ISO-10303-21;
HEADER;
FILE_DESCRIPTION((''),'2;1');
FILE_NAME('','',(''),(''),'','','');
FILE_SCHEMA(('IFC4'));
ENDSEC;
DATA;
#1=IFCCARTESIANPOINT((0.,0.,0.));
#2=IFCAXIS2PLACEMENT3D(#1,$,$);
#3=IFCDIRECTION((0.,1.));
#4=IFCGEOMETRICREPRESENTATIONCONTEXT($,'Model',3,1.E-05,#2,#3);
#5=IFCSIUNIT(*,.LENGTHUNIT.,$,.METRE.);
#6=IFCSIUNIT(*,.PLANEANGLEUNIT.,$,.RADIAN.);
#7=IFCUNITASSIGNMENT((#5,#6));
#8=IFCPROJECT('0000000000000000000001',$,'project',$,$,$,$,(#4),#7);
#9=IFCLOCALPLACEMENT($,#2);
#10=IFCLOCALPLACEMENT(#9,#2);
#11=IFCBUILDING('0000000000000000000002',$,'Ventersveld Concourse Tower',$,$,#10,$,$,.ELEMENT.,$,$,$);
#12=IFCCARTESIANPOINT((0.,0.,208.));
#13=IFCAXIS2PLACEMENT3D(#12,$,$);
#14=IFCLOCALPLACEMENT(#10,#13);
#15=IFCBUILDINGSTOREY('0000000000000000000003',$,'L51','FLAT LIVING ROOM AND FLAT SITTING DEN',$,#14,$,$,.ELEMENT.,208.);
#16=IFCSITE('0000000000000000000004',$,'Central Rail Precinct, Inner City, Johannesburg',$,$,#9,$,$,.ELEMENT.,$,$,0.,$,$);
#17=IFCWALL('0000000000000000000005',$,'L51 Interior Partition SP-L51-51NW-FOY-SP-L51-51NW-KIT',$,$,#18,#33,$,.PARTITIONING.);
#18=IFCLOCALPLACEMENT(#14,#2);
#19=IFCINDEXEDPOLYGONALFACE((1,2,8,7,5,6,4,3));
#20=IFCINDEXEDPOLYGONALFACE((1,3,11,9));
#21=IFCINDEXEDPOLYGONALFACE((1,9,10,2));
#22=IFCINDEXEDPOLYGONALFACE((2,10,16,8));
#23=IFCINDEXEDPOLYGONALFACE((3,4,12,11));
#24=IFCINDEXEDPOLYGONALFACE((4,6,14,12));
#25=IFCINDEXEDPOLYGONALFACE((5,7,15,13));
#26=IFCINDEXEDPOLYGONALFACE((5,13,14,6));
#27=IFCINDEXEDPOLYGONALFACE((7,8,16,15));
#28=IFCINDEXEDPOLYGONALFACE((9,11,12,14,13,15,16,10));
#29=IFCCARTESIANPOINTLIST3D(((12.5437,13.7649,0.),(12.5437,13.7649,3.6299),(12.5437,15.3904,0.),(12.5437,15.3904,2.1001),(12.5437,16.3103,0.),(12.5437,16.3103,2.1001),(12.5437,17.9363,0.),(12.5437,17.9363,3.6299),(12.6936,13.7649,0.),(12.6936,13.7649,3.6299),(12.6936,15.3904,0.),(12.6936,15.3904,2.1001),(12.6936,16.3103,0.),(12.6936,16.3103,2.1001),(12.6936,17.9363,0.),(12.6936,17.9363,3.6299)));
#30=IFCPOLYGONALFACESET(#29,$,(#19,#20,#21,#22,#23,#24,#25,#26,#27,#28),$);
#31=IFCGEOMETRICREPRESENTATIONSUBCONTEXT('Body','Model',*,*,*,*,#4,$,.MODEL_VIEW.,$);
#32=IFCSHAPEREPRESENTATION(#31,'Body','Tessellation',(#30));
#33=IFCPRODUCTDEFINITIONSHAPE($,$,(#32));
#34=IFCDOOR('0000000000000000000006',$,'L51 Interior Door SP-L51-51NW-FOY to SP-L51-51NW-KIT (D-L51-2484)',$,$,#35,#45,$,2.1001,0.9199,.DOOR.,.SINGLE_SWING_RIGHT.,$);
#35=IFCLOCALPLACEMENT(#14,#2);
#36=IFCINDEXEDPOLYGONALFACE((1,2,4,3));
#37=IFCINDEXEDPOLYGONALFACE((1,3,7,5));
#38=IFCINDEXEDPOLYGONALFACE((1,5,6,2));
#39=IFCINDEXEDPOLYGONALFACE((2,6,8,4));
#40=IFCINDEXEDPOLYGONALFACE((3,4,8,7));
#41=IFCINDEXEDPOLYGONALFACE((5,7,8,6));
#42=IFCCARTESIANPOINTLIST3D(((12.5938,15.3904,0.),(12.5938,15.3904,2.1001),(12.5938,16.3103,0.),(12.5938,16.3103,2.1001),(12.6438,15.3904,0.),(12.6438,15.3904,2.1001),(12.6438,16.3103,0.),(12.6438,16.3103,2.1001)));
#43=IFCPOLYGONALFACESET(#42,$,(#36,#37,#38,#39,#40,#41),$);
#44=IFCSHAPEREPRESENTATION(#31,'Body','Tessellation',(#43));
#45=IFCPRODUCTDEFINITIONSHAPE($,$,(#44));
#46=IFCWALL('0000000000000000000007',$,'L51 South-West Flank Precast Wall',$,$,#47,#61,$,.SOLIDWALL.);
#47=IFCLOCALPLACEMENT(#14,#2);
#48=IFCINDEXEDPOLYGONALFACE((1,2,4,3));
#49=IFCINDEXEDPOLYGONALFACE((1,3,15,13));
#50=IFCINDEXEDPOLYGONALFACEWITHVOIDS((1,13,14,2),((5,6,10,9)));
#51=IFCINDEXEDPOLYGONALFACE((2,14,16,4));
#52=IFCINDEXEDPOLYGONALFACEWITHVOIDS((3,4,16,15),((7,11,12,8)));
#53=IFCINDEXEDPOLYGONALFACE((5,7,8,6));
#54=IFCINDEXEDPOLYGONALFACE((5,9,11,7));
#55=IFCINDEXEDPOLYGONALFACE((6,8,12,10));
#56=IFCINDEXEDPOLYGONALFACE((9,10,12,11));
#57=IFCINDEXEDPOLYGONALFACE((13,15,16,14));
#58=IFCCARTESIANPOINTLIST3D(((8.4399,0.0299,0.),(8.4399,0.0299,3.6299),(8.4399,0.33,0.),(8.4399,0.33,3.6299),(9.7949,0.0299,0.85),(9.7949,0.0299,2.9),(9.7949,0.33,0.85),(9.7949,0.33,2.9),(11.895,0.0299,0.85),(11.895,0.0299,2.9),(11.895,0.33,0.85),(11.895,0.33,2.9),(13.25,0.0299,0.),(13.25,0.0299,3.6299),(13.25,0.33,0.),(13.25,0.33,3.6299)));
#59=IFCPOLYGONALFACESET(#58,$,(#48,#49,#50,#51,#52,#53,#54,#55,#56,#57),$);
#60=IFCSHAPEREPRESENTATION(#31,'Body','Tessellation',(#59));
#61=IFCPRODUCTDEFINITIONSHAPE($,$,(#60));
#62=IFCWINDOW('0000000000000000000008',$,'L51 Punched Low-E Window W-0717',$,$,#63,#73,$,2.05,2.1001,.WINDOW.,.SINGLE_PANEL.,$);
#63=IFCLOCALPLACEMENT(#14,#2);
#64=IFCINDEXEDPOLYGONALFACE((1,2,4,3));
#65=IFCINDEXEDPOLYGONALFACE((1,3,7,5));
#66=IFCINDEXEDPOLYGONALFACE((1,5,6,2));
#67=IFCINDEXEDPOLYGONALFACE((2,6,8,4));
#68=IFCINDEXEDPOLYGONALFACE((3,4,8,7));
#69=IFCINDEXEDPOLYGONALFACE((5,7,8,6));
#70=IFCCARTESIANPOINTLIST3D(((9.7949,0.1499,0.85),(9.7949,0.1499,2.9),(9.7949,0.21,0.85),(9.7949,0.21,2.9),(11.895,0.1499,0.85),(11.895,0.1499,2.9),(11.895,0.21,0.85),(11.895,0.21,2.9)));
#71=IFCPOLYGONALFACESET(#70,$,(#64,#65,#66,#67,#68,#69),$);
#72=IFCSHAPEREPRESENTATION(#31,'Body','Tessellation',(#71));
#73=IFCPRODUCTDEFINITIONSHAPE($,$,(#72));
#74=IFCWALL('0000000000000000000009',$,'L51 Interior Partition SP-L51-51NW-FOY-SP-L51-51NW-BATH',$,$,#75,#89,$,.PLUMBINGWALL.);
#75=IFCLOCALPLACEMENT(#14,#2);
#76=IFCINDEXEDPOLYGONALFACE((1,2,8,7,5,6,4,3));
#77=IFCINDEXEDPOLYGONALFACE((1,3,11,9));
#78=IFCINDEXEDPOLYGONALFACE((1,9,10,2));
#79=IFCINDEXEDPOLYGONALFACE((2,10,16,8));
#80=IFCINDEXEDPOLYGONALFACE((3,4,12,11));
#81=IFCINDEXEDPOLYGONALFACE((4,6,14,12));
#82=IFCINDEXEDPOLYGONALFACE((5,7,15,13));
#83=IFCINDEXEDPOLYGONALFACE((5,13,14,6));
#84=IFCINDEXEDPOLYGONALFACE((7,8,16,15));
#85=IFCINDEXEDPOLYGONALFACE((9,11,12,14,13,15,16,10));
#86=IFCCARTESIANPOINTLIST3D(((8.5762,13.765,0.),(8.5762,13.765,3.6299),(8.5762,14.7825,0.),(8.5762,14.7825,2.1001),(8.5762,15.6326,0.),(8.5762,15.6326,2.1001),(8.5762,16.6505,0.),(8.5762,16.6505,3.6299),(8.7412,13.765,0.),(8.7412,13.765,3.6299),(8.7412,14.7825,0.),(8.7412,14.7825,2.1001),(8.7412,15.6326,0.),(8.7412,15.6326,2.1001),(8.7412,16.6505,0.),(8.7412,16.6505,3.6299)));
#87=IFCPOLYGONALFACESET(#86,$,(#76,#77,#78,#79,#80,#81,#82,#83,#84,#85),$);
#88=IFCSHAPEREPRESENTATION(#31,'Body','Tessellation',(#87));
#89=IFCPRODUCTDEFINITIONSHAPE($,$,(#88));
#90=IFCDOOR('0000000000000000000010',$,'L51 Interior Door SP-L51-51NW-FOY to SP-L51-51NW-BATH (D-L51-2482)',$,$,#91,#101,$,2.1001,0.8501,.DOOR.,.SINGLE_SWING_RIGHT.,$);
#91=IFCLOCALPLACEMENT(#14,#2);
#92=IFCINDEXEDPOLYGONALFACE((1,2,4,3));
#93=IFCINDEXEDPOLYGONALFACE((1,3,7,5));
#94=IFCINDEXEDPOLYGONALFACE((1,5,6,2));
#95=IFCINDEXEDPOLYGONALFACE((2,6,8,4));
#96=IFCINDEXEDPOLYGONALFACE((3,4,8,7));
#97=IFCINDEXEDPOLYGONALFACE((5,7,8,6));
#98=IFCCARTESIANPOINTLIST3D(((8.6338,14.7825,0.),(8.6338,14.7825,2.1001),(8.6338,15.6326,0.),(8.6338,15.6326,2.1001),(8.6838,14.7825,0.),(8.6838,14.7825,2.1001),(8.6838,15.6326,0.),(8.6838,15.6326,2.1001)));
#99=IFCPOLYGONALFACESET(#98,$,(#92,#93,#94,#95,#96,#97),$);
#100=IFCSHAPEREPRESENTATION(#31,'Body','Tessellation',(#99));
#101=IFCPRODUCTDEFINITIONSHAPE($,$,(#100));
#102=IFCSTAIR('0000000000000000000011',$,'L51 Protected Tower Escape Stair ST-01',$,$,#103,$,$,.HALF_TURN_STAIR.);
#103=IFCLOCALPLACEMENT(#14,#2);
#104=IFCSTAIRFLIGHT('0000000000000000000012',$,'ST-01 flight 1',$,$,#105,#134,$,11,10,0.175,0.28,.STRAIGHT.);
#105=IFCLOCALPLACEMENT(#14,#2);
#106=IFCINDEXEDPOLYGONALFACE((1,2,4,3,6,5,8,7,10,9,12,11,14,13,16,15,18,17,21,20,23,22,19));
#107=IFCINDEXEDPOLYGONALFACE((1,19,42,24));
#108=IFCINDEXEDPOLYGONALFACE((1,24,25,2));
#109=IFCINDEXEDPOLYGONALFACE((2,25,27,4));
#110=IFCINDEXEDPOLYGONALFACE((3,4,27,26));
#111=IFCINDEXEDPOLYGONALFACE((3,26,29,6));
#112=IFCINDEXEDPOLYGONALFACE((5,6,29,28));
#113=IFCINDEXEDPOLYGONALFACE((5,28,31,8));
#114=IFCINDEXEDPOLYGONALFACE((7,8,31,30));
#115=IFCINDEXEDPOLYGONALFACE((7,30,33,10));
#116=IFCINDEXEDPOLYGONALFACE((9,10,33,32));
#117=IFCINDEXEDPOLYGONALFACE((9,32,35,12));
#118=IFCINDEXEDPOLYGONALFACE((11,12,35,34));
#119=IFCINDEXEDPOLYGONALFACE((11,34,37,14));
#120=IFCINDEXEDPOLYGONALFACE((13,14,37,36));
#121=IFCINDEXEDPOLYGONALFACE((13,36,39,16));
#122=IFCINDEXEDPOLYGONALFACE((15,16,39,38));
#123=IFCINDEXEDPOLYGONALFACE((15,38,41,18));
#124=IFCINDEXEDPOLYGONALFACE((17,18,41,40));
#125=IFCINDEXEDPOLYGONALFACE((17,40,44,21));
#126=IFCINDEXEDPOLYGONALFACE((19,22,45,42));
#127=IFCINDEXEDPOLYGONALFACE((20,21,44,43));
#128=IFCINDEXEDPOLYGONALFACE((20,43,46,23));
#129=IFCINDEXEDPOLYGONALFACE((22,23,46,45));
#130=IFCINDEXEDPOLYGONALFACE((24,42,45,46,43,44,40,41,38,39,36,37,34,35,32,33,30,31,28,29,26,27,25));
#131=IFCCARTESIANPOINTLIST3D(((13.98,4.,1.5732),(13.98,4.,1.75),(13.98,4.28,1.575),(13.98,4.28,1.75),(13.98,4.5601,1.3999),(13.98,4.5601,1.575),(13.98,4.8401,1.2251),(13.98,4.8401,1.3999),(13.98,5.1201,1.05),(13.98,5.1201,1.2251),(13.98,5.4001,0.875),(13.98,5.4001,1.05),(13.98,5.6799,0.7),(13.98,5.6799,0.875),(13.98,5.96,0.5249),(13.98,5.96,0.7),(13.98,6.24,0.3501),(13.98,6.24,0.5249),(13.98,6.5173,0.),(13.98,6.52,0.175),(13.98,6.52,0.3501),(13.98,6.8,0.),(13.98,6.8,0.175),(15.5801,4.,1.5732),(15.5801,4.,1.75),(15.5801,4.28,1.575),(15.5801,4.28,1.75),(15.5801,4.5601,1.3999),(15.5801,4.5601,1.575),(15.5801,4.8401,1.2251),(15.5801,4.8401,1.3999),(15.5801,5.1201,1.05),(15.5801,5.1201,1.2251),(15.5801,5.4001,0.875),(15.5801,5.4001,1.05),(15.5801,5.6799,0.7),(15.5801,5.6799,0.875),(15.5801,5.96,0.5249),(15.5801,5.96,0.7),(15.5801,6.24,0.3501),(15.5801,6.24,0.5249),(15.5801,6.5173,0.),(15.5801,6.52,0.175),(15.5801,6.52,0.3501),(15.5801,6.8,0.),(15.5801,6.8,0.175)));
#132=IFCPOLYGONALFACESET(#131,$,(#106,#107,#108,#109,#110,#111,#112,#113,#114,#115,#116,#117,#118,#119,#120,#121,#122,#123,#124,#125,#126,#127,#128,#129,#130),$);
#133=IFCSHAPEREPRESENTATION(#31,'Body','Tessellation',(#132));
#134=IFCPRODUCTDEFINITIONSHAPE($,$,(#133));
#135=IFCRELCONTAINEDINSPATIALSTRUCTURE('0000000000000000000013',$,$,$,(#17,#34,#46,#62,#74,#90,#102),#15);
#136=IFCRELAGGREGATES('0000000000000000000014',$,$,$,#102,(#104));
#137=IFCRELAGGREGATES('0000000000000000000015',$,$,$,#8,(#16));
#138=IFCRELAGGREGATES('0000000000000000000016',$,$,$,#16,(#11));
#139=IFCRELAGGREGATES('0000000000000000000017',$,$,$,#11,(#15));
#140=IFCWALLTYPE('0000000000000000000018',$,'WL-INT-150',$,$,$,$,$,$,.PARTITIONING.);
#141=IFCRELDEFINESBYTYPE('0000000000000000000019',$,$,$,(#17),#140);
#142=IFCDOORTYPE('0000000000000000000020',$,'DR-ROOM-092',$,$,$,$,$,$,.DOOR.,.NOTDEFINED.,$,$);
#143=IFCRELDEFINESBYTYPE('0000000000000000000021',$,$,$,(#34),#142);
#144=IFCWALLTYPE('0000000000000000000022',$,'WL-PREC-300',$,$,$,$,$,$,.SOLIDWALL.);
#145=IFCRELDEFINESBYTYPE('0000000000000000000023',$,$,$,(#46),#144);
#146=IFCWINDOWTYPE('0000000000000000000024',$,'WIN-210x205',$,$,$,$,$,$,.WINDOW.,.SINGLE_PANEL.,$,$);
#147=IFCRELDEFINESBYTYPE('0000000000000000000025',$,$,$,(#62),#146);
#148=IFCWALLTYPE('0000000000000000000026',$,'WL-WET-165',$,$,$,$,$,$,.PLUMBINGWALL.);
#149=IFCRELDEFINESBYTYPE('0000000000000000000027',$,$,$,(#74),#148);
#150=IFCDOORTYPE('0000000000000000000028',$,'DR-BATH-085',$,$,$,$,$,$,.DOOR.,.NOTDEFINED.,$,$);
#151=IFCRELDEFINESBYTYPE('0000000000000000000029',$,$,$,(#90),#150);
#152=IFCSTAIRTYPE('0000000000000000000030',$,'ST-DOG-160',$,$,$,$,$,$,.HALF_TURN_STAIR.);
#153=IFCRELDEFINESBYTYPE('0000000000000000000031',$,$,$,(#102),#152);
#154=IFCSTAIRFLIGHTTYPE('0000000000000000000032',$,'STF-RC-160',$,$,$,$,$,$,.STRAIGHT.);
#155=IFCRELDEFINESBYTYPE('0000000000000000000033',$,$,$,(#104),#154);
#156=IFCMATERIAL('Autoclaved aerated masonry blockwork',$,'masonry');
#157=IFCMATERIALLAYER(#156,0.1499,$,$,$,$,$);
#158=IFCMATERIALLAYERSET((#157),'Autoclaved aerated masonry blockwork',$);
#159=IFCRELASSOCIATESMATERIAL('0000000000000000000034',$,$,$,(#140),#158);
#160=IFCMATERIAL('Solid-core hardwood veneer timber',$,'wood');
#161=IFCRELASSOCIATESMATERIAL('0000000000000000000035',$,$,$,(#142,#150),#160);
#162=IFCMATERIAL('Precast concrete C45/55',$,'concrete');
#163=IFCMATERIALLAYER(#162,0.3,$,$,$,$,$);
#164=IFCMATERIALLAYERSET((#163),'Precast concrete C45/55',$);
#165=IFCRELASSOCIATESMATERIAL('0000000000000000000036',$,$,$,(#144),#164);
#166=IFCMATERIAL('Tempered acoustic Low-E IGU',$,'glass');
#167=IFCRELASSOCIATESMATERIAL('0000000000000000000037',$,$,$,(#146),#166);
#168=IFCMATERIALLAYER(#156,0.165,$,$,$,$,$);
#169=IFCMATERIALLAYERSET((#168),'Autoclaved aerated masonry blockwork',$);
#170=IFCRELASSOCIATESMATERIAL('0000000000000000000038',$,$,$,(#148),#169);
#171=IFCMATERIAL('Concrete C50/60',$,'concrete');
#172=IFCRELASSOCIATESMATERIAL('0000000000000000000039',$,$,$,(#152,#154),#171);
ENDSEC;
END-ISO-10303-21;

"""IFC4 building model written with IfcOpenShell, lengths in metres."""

from ifc_helpers import new_model, si_unit, direction, frame, frame_2d, origin, place, context, subcontext, project, spatial, polyline, rectangle, outline, extrude, material, layer, layer_set, type_object, element, fill, aggregate, save


model = new_model("IFC4")

# Units and contexts
model_context = context("Model", 3, precision=1e-05, world=origin(), true_north=direction((0.0, 1.0)))
body_context = subcontext(model_context, "Body", "Model", "MODEL_VIEW")
ifc_project = project(units=[si_unit("LENGTHUNIT", "METRE"), si_unit("PLANEANGLEUNIT", "RADIAN")], contexts=[model_context])

# Site, building, storey
site_placement = place(None, origin())
site = spatial("IfcSite", under=ifc_project, at=site_placement, Name="Central Rail Precinct, Inner City, Johannesburg", CompositionType="ELEMENT", RefElevation=0.0)
building_placement = place(site_placement, origin())
building = spatial("IfcBuilding", under=site, at=building_placement, Name="Ventersveld Concourse Tower", CompositionType="ELEMENT")
storey_placement = place(building_placement, frame((0.0, 0.0, 208.0)))
storey = spatial("IfcBuildingStorey", under=building, at=storey_placement, Name="L51", Description="FLAT LIVING ROOM AND FLAT SITTING DEN", CompositionType="ELEMENT", Elevation=208.0)

# Shared definitions
ifc_material_1 = material(Name="Concrete C50/60", Category="concrete")

# Wall, opening, door
ifc_material_2 = material(Name="Autoclaved aerated masonry blockwork", Category="masonry")
ifc_layer_1 = layer(ifc_material_2, 0.1499)
ifc_layer_set_1 = layer_set([ifc_layer_1], Name="Autoclaved aerated masonry blockwork")
wall_type_1 = type_object("IfcWallType", Name="WL-INT-150", PredefinedType="PARTITIONING", material=ifc_layer_set_1)
wall_1_placement = place(storey_placement, frame((12.6187, 13.7649, 0.0), z_axis=(0.0, 0.0, 1.0), x_axis=(0.0, 1.0, 0.0)))
wall_1 = element("IfcWall", 1, at=wall_1_placement, inside=storey, type_object=wall_type_1, Name="L51 Interior Partition SP-L51-51NW-FOY-SP-L51-51NW-KIT", PredefinedType="PARTITIONING", context=body_context, shape_type="SweptSolid", body=[
    extrude(rectangle(XDim=4.1714, YDim=0.1499, at=frame_2d((2.0857, 0.0))), origin(), (0.0, 0.0, 1.0), 3.6299),
])
opening_1_placement = place(wall_1_placement, frame((1.6255, 0.0, 0.0)))
opening_1 = element("IfcOpeningElement", 2, at=opening_1_placement, cuts=wall_1, PredefinedType="OPENING", context=body_context, shape_type="SweptSolid", body=[
    extrude(rectangle(XDim=0.9199, YDim=2.1001, at=frame_2d((0.46, 1.05))), frame((0.0, 0.085, 0.0), z_axis=(0.0, -1.0, 0.0), x_axis=(1.0, 0.0, 0.0)), (0.0, 0.0, 1.0), 0.1699),
])
ifc_material_3 = material(Name="Solid-core hardwood veneer timber", Category="wood")
door_type_1 = type_object("IfcDoorType", Name="DR-ROOM-092", OperationType="NOTDEFINED", PredefinedType="DOOR", material=ifc_material_3)
door_1_placement = place(opening_1_placement, origin())
door_1 = element("IfcDoor", 3, at=door_1_placement, inside=storey, type_object=door_type_1, Name="L51 Interior Door SP-L51-51NW-FOY to SP-L51-51NW-KIT (D-L51-2484)", OperationType="SINGLE_SWING_RIGHT", OverallHeight=2.1001, OverallWidth=0.9199, PredefinedType="DOOR", context=body_context, shape_type="SweptSolid", body=[
    extrude(rectangle(XDim=0.9199, YDim=2.1001, at=frame_2d((0.46, 1.05))), frame((0.0, 0.0249, 0.0), z_axis=(0.0, -1.0, 0.0), x_axis=(1.0, 0.0, 0.0)), (0.0, 0.0, 1.0), 0.05),
])
fill(opening_1, door_1)

# Wall, opening, window
ifc_material_4 = material(Name="Precast concrete C45/55", Category="concrete")
ifc_layer_2 = layer(ifc_material_4, 0.3)
ifc_layer_set_2 = layer_set([ifc_layer_2], Name="Precast concrete C45/55")
wall_type_2 = type_object("IfcWallType", Name="WL-PREC-300", PredefinedType="SOLIDWALL", material=ifc_layer_set_2)
wall_2_placement = place(storey_placement, frame((8.4399, 0.1799, 0.0), z_axis=(0.0, 0.0, 1.0), x_axis=(1.0, 0.0, 0.0)))
wall_2 = element("IfcWall", 4, at=wall_2_placement, inside=storey, type_object=wall_type_2, Name="L51 South-West Flank Precast Wall", PredefinedType="SOLIDWALL", context=body_context, shape_type="SweptSolid", body=[
    extrude(rectangle(XDim=4.8101, YDim=0.3, at=frame_2d((2.405, 0.0))), origin(), (0.0, 0.0, 1.0), 3.6299),
])
opening_2_placement = place(wall_2_placement, frame((1.355, 0.0, 0.8501)))
opening_2 = element("IfcOpeningElement", 5, at=opening_2_placement, cuts=wall_2, PredefinedType="OPENING", context=body_context, shape_type="SweptSolid", body=[
    extrude(rectangle(XDim=2.1001, YDim=2.05, at=frame_2d((1.05, 1.0249))), frame((0.0, 0.1602, 0.0), z_axis=(0.0, -1.0, 0.0), x_axis=(1.0, 0.0, 0.0)), (0.0, 0.0, 1.0), 0.3201),
])
ifc_material_5 = material(Name="Tempered acoustic Low-E IGU", Category="glass")
window_type = type_object("IfcWindowType", Name="WIN-210x205", PartitioningType="SINGLE_PANEL", PredefinedType="WINDOW", material=ifc_material_5)
window_placement = place(opening_2_placement, origin())
window = element("IfcWindow", 6, at=window_placement, inside=storey, type_object=window_type, Name="L51 Punched Low-E Window W-0717", OverallHeight=2.05, OverallWidth=2.1001, PartitioningType="SINGLE_PANEL", PredefinedType="WINDOW", context=body_context, shape_type="SweptSolid", body=[
    extrude(rectangle(XDim=2.1001, YDim=2.05, at=frame_2d((1.05, 1.0249))), frame((0.0, 0.03, 0.0), z_axis=(0.0, -1.0, 0.0), x_axis=(1.0, 0.0, 0.0)), (0.0, 0.0, 1.0), 0.0601),
])
fill(opening_2, window)

# Wall, opening, door
ifc_layer_3 = layer(ifc_material_2, 0.165)
ifc_layer_set_3 = layer_set([ifc_layer_3], Name="Autoclaved aerated masonry blockwork")
wall_type_3 = type_object("IfcWallType", Name="WL-WET-165", PredefinedType="PLUMBINGWALL", material=ifc_layer_set_3)
wall_3_placement = place(storey_placement, frame((8.6587, 13.7649, 0.0), z_axis=(0.0, 0.0, 1.0), x_axis=(0.0, 1.0, 0.0)))
wall_3 = element("IfcWall", 7, at=wall_3_placement, inside=storey, type_object=wall_type_3, Name="L51 Interior Partition SP-L51-51NW-FOY-SP-L51-51NW-BATH", PredefinedType="PLUMBINGWALL", context=body_context, shape_type="SweptSolid", body=[
    extrude(rectangle(XDim=2.8855, YDim=0.165, at=frame_2d((1.4429, 0.0))), origin(), (0.0, 0.0, 1.0), 3.6299),
])
opening_3_placement = place(wall_3_placement, frame((1.0176, 0.0, 0.0)))
opening_3 = element("IfcOpeningElement", 8, at=opening_3_placement, cuts=wall_3, PredefinedType="OPENING", context=body_context, shape_type="SweptSolid", body=[
    extrude(rectangle(XDim=0.8501, YDim=2.1001, at=frame_2d((0.425, 1.05))), frame((0.0, 0.0925, 0.0), z_axis=(0.0, -1.0, 0.0), x_axis=(1.0, 0.0, 0.0)), (0.0, 0.0, 1.0), 0.1851),
])
door_type_2 = type_object("IfcDoorType", Name="DR-BATH-085", OperationType="NOTDEFINED", PredefinedType="DOOR", material=ifc_material_3)
door_2_placement = place(opening_3_placement, origin())
door_2 = element("IfcDoor", 9, at=door_2_placement, inside=storey, type_object=door_type_2, Name="L51 Interior Door SP-L51-51NW-FOY to SP-L51-51NW-BATH (D-L51-2482)", OperationType="SINGLE_SWING_RIGHT", OverallHeight=2.1001, OverallWidth=0.8501, PredefinedType="DOOR", context=body_context, shape_type="SweptSolid", body=[
    extrude(rectangle(XDim=0.8501, YDim=2.1001, at=frame_2d((0.425, 1.05))), frame((0.0, 0.0249, 0.0), z_axis=(0.0, -1.0, 0.0), x_axis=(1.0, 0.0, 0.0)), (0.0, 0.0, 1.0), 0.05),
])
fill(opening_3, door_2)

# Stair, stair flight
stair_type = type_object("IfcStairType", Name="ST-DOG-160", PredefinedType="HALF_TURN_STAIR", material=ifc_material_1)
stair_placement = place(storey_placement, origin())
stair = element("IfcStair", 10, at=stair_placement, inside=storey, type_object=stair_type, Name="L51 Protected Tower Escape Stair ST-01", PredefinedType="HALF_TURN_STAIR")
stair_flight_type = type_object("IfcStairFlightType", Name="STF-RC-160", PredefinedType="STRAIGHT", material=ifc_material_1)
stair_flight_placement = place(storey_placement, frame((14.78, 6.8, 0.0), z_axis=(0.0, 0.0, 1.0), x_axis=(0.0, -1.0, 0.0)))
stair_flight = element("IfcStairFlight", 11, at=stair_flight_placement, type_object=stair_flight_type, Name="ST-01 flight 1", NumberOfRisers=11, NumberOfTreads=10, PredefinedType="STRAIGHT", RiserHeight=0.175, TreadLength=0.28, context=body_context, shape_type="SweptSolid", body=[
    extrude(outline(polyline([(0.0, 0.0), (0.0, 0.175), (0.28, 0.175), (0.28, 0.3501), (0.5601, 0.3501), (0.5601, 0.5249), (0.8401, 0.5249), (0.8401, 0.7), (1.1201, 0.7), (1.1201, 0.875), (1.3999, 0.875), (1.3999, 1.05), (1.6799, 1.05), (1.6799, 1.2251), (1.96, 1.2251), (1.96, 1.3999), (2.24, 1.3999), (2.24, 1.575), (2.52, 1.575), (2.52, 1.75), (2.8, 1.75), (2.8, 1.925), (2.8, 1.5732), (0.2827, 0.0), (0.0, 0.0)])), frame((0.0, 0.8, 0.0), z_axis=(0.0, -1.0, 0.0), x_axis=(1.0, 0.0, 0.0)), (0.0, 0.0, 1.0), 1.6001),
])
aggregate(stair, [stair_flight])

save(model, "model.ifc")
